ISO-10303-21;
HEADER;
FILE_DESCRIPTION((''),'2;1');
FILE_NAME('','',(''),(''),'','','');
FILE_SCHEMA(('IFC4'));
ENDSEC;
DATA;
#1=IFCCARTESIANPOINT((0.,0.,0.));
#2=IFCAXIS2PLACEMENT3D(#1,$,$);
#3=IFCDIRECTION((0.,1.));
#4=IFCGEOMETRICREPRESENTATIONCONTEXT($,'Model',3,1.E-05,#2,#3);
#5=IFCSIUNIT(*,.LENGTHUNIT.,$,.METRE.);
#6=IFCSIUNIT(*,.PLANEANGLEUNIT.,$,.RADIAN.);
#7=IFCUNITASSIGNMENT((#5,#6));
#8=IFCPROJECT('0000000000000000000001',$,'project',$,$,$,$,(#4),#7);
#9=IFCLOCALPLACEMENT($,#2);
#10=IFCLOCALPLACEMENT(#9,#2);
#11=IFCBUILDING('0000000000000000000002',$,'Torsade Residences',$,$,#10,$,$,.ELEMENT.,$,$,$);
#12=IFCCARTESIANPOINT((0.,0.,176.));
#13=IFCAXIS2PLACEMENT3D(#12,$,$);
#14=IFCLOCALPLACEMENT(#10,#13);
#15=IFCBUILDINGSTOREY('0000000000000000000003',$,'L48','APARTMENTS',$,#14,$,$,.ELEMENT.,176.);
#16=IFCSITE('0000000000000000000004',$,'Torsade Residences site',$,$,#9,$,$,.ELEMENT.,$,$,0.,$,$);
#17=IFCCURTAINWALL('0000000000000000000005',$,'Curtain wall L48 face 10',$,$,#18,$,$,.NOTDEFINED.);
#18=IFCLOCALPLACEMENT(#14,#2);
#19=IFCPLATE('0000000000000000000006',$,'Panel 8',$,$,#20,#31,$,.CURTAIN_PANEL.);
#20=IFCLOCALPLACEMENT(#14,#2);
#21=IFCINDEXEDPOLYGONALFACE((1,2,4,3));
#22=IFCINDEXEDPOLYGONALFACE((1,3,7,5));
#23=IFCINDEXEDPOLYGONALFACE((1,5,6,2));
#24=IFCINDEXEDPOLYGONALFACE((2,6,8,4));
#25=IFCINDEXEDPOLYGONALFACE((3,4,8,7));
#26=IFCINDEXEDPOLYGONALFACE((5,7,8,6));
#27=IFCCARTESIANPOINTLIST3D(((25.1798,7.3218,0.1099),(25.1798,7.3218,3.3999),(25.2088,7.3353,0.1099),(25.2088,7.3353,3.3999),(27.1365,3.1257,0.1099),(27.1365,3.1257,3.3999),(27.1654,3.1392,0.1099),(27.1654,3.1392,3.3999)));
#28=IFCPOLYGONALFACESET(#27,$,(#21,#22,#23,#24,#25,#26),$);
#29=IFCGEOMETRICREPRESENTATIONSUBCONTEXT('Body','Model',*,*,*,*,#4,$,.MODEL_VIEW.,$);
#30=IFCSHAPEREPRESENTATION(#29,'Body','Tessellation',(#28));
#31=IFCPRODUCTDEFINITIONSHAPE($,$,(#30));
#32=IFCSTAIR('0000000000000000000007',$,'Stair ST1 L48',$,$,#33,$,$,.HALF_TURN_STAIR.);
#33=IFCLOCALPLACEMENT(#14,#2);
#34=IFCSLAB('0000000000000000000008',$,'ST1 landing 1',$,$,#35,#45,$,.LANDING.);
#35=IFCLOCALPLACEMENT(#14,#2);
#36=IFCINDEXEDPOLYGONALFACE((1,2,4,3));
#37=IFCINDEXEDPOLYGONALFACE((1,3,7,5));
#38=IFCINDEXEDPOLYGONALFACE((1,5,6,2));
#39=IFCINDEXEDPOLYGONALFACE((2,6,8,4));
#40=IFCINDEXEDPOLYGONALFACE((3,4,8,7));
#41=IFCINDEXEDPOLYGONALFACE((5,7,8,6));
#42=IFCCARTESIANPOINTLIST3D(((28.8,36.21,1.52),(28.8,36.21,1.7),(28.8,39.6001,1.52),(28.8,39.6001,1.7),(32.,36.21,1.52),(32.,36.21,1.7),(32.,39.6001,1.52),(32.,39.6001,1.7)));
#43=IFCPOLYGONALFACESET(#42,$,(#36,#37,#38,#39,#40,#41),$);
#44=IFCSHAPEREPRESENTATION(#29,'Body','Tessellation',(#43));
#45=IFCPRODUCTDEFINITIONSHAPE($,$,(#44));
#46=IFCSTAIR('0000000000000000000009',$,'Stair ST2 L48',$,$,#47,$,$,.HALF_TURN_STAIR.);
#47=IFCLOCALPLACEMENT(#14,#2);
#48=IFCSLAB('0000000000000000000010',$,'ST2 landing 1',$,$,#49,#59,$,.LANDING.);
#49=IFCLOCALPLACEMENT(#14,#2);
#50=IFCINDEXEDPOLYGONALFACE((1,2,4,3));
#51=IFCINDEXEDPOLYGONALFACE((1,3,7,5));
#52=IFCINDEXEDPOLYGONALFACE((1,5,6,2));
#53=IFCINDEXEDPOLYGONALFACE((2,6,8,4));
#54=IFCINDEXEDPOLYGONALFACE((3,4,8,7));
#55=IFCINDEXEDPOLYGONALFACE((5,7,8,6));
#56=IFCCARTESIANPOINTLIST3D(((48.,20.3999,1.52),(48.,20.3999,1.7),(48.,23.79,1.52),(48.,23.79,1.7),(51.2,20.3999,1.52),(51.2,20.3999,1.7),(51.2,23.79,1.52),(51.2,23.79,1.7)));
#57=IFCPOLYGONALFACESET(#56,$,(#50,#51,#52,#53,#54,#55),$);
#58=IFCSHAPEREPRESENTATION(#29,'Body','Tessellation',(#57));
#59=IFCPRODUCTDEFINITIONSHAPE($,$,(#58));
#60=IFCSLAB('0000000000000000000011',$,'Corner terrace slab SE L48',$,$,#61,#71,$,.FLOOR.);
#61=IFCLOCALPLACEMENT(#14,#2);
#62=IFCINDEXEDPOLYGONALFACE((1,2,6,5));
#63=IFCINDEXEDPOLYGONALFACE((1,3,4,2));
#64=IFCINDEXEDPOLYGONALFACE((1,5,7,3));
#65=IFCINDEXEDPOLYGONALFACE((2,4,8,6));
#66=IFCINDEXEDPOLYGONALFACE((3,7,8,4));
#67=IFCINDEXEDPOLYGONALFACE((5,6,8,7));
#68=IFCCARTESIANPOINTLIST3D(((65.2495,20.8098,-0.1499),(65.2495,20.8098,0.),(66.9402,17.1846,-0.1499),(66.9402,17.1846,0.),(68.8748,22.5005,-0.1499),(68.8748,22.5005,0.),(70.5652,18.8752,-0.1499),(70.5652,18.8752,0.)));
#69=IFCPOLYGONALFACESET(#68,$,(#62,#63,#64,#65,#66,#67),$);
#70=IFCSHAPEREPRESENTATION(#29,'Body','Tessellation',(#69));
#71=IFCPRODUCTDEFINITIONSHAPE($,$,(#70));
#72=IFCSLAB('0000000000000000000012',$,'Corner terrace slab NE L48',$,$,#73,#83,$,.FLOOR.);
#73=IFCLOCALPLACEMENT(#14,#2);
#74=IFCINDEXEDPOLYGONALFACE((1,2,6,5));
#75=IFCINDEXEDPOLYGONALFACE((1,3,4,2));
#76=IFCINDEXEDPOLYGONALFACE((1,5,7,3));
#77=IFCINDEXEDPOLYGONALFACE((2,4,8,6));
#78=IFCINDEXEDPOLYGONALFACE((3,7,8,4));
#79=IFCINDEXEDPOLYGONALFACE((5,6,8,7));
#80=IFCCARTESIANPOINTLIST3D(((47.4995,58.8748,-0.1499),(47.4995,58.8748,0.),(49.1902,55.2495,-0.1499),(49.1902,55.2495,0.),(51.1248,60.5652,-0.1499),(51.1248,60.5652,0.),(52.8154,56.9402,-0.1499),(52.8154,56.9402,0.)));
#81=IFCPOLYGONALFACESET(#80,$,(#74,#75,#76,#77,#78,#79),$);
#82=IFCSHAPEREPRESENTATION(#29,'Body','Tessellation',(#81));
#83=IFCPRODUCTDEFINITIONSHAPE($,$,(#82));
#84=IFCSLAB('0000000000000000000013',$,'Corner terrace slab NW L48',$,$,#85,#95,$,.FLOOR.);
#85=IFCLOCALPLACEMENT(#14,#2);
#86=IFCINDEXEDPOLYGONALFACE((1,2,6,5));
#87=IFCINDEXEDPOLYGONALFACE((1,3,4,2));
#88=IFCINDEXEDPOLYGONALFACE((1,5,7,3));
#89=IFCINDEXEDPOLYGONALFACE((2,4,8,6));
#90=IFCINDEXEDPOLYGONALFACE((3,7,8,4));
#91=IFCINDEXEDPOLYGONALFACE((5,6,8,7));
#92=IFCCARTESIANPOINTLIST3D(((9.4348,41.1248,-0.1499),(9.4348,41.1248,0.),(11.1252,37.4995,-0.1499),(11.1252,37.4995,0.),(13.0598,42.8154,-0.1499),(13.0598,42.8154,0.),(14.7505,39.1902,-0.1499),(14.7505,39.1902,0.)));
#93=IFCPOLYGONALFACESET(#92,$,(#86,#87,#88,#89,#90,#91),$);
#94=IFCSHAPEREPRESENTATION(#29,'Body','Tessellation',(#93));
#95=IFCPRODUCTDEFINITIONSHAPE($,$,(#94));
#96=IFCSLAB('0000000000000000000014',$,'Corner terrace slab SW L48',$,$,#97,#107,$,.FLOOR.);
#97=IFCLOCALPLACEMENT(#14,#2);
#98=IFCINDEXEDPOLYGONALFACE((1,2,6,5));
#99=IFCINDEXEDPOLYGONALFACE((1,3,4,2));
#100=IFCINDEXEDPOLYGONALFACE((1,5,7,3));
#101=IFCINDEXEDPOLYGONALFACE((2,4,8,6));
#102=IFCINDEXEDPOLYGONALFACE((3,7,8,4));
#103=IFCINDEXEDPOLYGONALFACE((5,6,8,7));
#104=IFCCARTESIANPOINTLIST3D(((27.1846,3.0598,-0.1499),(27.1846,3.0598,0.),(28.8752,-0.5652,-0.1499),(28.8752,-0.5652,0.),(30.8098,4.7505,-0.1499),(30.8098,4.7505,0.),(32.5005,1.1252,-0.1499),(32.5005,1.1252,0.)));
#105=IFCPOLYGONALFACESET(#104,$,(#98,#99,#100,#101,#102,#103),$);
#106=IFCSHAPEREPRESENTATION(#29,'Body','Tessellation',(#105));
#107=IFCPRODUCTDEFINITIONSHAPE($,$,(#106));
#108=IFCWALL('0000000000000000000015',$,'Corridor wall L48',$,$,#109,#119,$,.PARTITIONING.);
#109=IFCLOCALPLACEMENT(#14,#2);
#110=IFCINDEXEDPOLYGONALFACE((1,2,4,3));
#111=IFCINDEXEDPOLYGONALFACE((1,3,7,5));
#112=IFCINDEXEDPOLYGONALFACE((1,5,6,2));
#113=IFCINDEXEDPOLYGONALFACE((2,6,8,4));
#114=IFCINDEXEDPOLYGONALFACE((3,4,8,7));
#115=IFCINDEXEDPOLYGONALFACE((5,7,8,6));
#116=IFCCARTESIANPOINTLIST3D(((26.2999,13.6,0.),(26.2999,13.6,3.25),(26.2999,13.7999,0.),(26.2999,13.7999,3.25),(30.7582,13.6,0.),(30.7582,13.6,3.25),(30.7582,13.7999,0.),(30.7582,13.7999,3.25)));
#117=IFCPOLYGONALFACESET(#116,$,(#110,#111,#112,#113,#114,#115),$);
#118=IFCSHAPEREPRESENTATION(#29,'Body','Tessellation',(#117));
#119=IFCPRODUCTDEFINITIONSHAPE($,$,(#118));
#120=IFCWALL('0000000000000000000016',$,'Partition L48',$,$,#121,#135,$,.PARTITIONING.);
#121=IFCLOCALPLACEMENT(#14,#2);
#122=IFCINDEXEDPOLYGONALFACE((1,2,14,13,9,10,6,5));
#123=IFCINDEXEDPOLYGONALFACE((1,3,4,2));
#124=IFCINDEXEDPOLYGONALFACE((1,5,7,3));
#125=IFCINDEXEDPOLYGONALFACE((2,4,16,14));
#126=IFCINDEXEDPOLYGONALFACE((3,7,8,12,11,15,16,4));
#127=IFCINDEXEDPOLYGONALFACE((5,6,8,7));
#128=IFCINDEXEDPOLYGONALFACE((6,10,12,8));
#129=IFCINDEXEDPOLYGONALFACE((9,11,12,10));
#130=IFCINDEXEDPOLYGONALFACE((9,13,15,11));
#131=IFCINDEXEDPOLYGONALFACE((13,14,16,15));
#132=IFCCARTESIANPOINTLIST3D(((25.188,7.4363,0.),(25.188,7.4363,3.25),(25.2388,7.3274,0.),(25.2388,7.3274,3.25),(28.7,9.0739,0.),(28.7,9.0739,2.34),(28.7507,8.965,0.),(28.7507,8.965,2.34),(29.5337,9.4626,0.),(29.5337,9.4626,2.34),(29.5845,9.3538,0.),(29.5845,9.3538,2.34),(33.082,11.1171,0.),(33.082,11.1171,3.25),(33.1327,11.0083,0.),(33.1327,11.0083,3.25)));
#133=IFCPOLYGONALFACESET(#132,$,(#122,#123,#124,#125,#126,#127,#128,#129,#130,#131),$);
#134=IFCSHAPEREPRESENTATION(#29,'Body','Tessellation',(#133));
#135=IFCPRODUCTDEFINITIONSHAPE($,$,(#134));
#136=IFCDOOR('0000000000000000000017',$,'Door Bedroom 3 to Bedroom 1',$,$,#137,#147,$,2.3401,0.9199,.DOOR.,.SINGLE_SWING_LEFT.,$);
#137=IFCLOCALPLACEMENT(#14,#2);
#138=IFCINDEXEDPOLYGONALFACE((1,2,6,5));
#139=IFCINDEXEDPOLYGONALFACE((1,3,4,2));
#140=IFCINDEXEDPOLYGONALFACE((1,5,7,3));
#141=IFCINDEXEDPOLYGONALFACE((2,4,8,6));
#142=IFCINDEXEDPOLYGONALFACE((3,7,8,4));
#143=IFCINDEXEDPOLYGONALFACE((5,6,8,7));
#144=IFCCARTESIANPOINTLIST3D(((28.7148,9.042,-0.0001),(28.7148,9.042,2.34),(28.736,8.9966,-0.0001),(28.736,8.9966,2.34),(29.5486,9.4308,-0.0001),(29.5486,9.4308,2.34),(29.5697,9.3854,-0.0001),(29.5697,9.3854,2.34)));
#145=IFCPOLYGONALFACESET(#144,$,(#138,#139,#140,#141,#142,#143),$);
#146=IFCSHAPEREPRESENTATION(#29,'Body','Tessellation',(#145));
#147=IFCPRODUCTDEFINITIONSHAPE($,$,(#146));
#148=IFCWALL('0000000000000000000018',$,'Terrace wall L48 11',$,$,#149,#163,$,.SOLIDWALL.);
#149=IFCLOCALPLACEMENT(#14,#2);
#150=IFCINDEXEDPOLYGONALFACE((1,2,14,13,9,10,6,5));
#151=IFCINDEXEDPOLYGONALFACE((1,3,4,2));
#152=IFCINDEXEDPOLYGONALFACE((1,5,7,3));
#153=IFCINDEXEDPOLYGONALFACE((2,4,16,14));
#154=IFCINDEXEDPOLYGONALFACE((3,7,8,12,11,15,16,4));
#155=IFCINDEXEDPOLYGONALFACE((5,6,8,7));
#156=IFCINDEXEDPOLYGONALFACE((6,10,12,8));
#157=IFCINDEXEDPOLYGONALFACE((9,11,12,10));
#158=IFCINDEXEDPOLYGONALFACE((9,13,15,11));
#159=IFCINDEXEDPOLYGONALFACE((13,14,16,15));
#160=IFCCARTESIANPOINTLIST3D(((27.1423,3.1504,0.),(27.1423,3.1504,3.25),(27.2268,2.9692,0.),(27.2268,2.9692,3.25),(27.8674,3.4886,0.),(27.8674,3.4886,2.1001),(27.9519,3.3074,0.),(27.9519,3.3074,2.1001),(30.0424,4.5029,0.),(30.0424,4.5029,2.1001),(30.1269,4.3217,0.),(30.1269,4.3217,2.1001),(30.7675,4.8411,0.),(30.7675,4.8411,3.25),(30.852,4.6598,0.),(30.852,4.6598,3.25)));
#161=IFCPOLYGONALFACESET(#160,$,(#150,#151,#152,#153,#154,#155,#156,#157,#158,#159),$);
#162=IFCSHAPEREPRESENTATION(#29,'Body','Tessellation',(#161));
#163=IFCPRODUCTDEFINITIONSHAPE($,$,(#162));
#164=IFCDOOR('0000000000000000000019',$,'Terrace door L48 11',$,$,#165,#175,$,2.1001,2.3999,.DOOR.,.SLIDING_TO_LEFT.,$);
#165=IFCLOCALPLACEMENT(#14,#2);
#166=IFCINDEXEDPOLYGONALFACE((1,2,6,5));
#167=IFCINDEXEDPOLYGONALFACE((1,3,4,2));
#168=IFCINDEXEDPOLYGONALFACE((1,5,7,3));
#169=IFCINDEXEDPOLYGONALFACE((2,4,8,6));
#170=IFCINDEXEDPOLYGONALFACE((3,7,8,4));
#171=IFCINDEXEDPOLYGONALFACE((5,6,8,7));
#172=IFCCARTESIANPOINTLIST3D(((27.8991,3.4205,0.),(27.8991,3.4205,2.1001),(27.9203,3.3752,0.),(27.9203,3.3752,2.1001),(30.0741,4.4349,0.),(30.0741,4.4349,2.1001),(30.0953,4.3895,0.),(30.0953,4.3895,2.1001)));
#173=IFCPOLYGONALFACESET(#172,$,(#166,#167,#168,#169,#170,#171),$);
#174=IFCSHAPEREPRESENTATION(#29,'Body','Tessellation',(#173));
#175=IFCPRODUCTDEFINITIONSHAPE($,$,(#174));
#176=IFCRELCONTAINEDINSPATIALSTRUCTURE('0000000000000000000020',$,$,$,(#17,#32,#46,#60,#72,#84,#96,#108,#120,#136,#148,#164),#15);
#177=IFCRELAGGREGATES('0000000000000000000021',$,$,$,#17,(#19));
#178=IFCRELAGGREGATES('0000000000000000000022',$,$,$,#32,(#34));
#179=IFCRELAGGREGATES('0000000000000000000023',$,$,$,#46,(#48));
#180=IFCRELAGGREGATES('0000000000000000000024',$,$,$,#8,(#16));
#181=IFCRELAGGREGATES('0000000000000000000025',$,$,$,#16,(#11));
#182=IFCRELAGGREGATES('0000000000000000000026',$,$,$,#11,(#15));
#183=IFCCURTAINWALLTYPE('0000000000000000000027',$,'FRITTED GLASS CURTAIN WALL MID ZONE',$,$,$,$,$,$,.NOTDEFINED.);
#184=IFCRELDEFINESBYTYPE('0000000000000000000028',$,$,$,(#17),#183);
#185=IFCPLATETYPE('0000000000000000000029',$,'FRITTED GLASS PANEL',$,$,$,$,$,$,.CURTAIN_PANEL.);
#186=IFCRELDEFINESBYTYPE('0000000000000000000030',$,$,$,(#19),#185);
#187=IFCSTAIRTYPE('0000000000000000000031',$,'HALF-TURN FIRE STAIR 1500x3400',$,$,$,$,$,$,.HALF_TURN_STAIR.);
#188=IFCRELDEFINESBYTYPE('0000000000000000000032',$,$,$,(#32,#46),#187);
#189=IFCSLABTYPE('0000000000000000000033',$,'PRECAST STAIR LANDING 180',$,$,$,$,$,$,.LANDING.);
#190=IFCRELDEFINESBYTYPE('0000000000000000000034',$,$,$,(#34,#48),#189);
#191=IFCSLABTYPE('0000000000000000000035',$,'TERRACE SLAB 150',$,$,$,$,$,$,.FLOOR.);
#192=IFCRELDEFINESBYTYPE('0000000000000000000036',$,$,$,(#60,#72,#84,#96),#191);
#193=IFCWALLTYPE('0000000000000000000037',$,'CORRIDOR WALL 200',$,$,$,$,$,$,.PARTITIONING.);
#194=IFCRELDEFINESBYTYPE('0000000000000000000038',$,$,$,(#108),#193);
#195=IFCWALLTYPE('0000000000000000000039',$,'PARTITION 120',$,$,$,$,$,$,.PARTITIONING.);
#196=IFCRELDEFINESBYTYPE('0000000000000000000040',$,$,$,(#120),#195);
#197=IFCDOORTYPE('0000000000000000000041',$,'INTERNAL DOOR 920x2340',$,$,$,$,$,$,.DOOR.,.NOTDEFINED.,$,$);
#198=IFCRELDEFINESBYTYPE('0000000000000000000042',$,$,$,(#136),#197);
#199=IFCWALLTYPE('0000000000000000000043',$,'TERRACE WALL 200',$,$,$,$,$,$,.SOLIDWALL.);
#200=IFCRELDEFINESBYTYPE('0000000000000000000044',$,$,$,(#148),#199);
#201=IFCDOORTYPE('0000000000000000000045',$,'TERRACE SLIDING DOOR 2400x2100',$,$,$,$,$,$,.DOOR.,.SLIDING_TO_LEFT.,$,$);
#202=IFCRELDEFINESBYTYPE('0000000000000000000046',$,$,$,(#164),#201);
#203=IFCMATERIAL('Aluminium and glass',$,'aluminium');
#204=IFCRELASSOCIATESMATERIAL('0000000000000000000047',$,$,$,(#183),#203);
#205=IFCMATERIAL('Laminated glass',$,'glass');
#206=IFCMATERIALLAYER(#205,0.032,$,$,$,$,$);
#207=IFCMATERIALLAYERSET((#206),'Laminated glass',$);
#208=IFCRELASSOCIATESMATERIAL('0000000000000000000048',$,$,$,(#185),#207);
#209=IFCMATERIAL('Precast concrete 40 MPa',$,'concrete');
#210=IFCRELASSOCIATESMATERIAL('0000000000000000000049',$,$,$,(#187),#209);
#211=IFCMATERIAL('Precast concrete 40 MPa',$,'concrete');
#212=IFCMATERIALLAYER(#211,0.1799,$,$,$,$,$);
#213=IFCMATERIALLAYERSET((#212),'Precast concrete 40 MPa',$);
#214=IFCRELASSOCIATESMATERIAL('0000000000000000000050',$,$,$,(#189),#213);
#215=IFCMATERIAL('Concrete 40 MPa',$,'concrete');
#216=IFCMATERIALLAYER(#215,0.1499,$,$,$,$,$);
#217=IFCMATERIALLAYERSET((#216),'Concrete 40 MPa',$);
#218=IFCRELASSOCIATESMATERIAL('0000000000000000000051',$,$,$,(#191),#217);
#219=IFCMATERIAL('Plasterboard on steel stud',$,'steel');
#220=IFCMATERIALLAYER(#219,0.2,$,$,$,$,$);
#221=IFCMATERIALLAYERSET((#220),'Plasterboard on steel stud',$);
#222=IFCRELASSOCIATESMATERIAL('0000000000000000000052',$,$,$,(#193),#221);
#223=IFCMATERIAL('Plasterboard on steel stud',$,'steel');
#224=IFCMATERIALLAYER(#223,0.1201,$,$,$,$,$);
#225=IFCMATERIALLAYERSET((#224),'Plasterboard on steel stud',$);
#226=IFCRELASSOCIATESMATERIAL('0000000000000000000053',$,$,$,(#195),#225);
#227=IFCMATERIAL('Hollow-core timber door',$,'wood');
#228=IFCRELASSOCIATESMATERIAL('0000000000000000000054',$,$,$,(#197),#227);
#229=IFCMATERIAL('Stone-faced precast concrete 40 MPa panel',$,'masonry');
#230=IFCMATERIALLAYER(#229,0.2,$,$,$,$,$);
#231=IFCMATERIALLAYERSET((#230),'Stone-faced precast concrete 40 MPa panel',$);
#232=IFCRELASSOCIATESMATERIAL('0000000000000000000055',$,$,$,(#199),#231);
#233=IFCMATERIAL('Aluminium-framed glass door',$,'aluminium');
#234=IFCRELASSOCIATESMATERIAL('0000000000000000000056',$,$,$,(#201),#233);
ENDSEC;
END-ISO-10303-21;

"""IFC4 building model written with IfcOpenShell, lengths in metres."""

from ifc_helpers import new_model, si_unit, direction, frame, frame_2d, origin, origin_2d, place, context, subcontext, project, spatial, polyline, rectangle, outline, extrude, material, layer, layer_set, type_object, element, fill, aggregate, save


model = new_model("IFC4")

# Units and contexts
model_context = context("Model", 3, precision=1e-05, world=origin(), true_north=direction((0.0, 1.0)))
body_context = subcontext(model_context, "Body", "Model", "MODEL_VIEW")
ifc_project = project(units=[si_unit("LENGTHUNIT", "METRE"), si_unit("PLANEANGLEUNIT", "RADIAN")], contexts=[model_context])

# Site, building, storey
site_placement = place(None, origin())
site = spatial("IfcSite", under=ifc_project, at=site_placement, Name="Torsade Residences site", CompositionType="ELEMENT", RefElevation=0.0)
building_placement = place(site_placement, origin())
building = spatial("IfcBuilding", under=site, at=building_placement, Name="Torsade Residences", CompositionType="ELEMENT")
storey_placement = place(building_placement, frame((0.0, 0.0, 176.0)))
storey = spatial("IfcBuildingStorey", under=building, at=storey_placement, Name="L48", Description="APARTMENTS", CompositionType="ELEMENT", Elevation=176.0)

# Curtain wall
ifc_material_1 = material(Name="Aluminium and glass", Category="aluminium")
curtain_wall_type = type_object("IfcCurtainWallType", Name="FRITTED GLASS CURTAIN WALL MID ZONE", PredefinedType="NOTDEFINED", material=ifc_material_1)
curtain_wall_placement = place(storey_placement, origin())
curtain_wall = element("IfcCurtainWall", 1, at=curtain_wall_placement, inside=storey, type_object=curtain_wall_type, Name="Curtain wall L48 face 10", PredefinedType="NOTDEFINED")

# Plate
ifc_material_2 = material(Name="Laminated glass", Category="glass")
ifc_layer_1 = layer(ifc_material_2, 0.032)
ifc_layer_set_1 = layer_set([ifc_layer_1], Name="Laminated glass")
plate_type = type_object("IfcPlateType", Name="FRITTED GLASS PANEL", PredefinedType="CURTAIN_PANEL", material=ifc_layer_set_1)
plate_1_placement = place(storey_placement, frame((26.1726, 5.2305, 0.1099), z_axis=(0.0, 0.0, 1.0), x_axis=(0.422618, -0.906308, 0.0)))
plate_1 = element("IfcPlate", 2, at=plate_1_placement, type_object=plate_type, Name="Panel 8", PredefinedType="CURTAIN_PANEL", context=body_context, shape_type="SweptSolid", body=[
    extrude(rectangle(XDim=4.6299, YDim=0.032, at=origin_2d()), origin(), (0.0, 0.0, 1.0), 3.29),
])
aggregate(curtain_wall, [plate_1])

# Stairs, slabs
ifc_material_3 = material(Name="Precast concrete 40 MPa", Category="concrete")
stair_type = type_object("IfcStairType", Name="HALF-TURN FIRE STAIR 1500x3400", PredefinedType="HALF_TURN_STAIR", material=ifc_material_3)
stair_1_placement = place(storey_placement, origin())
stair_1 = element("IfcStair", 3, at=stair_1_placement, inside=storey, type_object=stair_type, Name="Stair ST1 L48", PredefinedType="HALF_TURN_STAIR")
ifc_material_4 = material(Name="Precast concrete 40 MPa", Category="concrete")
ifc_layer_2 = layer(ifc_material_4, 0.1799)
ifc_layer_set_2 = layer_set([ifc_layer_2], Name="Precast concrete 40 MPa")
slab_type_1 = type_object("IfcSlabType", Name="PRECAST STAIR LANDING 180", PredefinedType="LANDING", material=ifc_layer_set_2)
slab_1_placement = place(storey_placement, frame((0.0, 0.0, 1.52)))
slab_1 = element("IfcSlab", 4, at=slab_1_placement, type_object=slab_type_1, Name="ST1 landing 1", PredefinedType="LANDING", context=body_context, shape_type="SweptSolid", body=[
    extrude(outline(polyline([(28.8, 36.21), (32.0, 36.21), (32.0, 39.6001), (28.8, 39.6001), (28.8, 36.21)])), origin(), (0.0, 0.0, 1.0), 0.1799),
])
aggregate(stair_1, [slab_1])
stair_2_placement = place(storey_placement, origin())
stair_2 = element("IfcStair", 5, at=stair_2_placement, inside=storey, type_object=stair_type, Name="Stair ST2 L48", PredefinedType="HALF_TURN_STAIR")
slab_2_placement = place(storey_placement, frame((0.0, 0.0, 1.52)))
slab_2 = element("IfcSlab", 6, at=slab_2_placement, type_object=slab_type_1, Name="ST2 landing 1", PredefinedType="LANDING", context=body_context, shape_type="SweptSolid", body=[
    extrude(outline(polyline([(48.0, 20.3999), (51.2, 20.3999), (51.2, 23.79), (48.0, 23.79), (48.0, 20.3999)])), origin(), (0.0, 0.0, 1.0), 0.1799),
])
aggregate(stair_2, [slab_2])

# Slabs
ifc_material_5 = material(Name="Concrete 40 MPa", Category="concrete")
ifc_layer_3 = layer(ifc_material_5, 0.1499)
ifc_layer_set_3 = layer_set([ifc_layer_3], Name="Concrete 40 MPa")
slab_type_2 = type_object("IfcSlabType", Name="TERRACE SLAB 150", PredefinedType="FLOOR", material=ifc_layer_set_3)
slab_3_placement = place(storey_placement, frame((0.0, 0.0, -0.1499)))
element("IfcSlab", 7, at=slab_3_placement, inside=storey, type_object=slab_type_2, Name="Corner terrace slab SE L48", PredefinedType="FLOOR", context=body_context, shape_type="SweptSolid", body=[
    extrude(outline(polyline([(66.9402, 17.1846), (70.5652, 18.8752), (68.8748, 22.5005), (65.2495, 20.8098), (66.9402, 17.1846)])), origin(), (0.0, 0.0, 1.0), 0.1499),
])
slab_4_placement = place(storey_placement, frame((0.0, 0.0, -0.1499)))
element("IfcSlab", 8, at=slab_4_placement, inside=storey, type_object=slab_type_2, Name="Corner terrace slab NE L48", PredefinedType="FLOOR", context=body_context, shape_type="SweptSolid", body=[
    extrude(outline(polyline([(49.1902, 55.2495), (52.8154, 56.9402), (51.1248, 60.5652), (47.4995, 58.8748), (49.1902, 55.2495)])), origin(), (0.0, 0.0, 1.0), 0.1499),
])
slab_5_placement = place(storey_placement, frame((0.0, 0.0, -0.1499)))
element("IfcSlab", 9, at=slab_5_placement, inside=storey, type_object=slab_type_2, Name="Corner terrace slab NW L48", PredefinedType="FLOOR", context=body_context, shape_type="SweptSolid", body=[
    extrude(outline(polyline([(11.1252, 37.4995), (14.7505, 39.1902), (13.0598, 42.8154), (9.4348, 41.1248), (11.1252, 37.4995)])), origin(), (0.0, 0.0, 1.0), 0.1499),
])
slab_6_placement = place(storey_placement, frame((0.0, 0.0, -0.1499)))
element("IfcSlab", 10, at=slab_6_placement, inside=storey, type_object=slab_type_2, Name="Corner terrace slab SW L48", PredefinedType="FLOOR", context=body_context, shape_type="SweptSolid", body=[
    extrude(outline(polyline([(28.8752, -0.5652), (32.5005, 1.1252), (30.8098, 4.7505), (27.1846, 3.0598), (28.8752, -0.5652)])), origin(), (0.0, 0.0, 1.0), 0.1499),
])

# Wall
ifc_material_6 = material(Name="Plasterboard on steel stud", Category="steel")
ifc_layer_4 = layer(ifc_material_6, 0.2)
ifc_layer_set_4 = layer_set([ifc_layer_4], Name="Plasterboard on steel stud")
wall_type_1 = type_object("IfcWallType", Name="CORRIDOR WALL 200", PredefinedType="PARTITIONING", material=ifc_layer_set_4)
wall_1_placement = place(storey_placement, frame((26.3, 13.7, 0.0), z_axis=(0.0, 0.0, 1.0), x_axis=(1.0, 0.0, 0.0)))
element("IfcWall", 11, at=wall_1_placement, inside=storey, type_object=wall_type_1, Name="Corridor wall L48", PredefinedType="PARTITIONING", context=body_context, shape_type="SweptSolid", body=[
    extrude(rectangle(XDim=4.4583, YDim=0.2, at=frame_2d((2.229, 0.0))), origin(), (0.0, 0.0, 1.0), 3.25),
])

# Walls, openings, doors
ifc_material_7 = material(Name="Plasterboard on steel stud", Category="steel")
ifc_layer_5 = layer(ifc_material_7, 0.1201)
ifc_layer_set_5 = layer_set([ifc_layer_5], Name="Plasterboard on steel stud")
wall_type_2 = type_object("IfcWallType", Name="PARTITION 120", PredefinedType="PARTITIONING", material=ifc_layer_set_5)
wall_2_placement = place(storey_placement, frame((25.2134, 7.3818, 0.0), z_axis=(0.0, 0.0, 1.0), x_axis=(0.906314, 0.422605, 0.0)))
wall_2 = element("IfcWall", 12, at=wall_2_placement, inside=storey, type_object=wall_type_2, Name="Partition L48", PredefinedType="PARTITIONING", context=body_context, shape_type="SweptSolid", body=[
    extrude(rectangle(XDim=8.71, YDim=0.1201, at=frame_2d((4.355, 0.0))), origin(), (0.0, 0.0, 1.0), 3.25),
])
opening_1_placement = place(wall_2_placement, frame((3.875, 0.0, 0.0)))
opening_1 = element("IfcOpeningElement", 13, at=opening_1_placement, cuts=wall_2, PredefinedType="OPENING", context=body_context, shape_type="SweptSolid", body=[
    extrude(rectangle(XDim=0.9199, YDim=2.3401, at=frame_2d((0.46, 1.1699))), frame((0.0, 0.0701, 0.0), z_axis=(0.0, -1.0, 0.0), x_axis=(1.0, 0.0, 0.0)), (0.0, 0.0, 1.0), 0.1401),
])
ifc_material_8 = material(Name="Hollow-core timber door", Category="wood")
door_type_1 = type_object("IfcDoorType", Name="INTERNAL DOOR 920x2340", OperationType="NOTDEFINED", PredefinedType="DOOR", material=ifc_material_8)
door_1_placement = place(opening_1_placement, origin())
door_1 = element("IfcDoor", 14, at=door_1_placement, inside=storey, type_object=door_type_1, Name="Door Bedroom 3 to Bedroom 1", OperationType="SINGLE_SWING_LEFT", OverallHeight=2.3401, OverallWidth=0.9199, PredefinedType="DOOR", context=body_context, shape_type="SweptSolid", body=[
    extrude(rectangle(XDim=0.9199, YDim=2.3401, at=frame_2d((0.46, 1.1699))), frame((0.0, 0.0249, 0.0), z_axis=(0.0, -1.0, 0.0), x_axis=(1.0, 0.0, 0.0)), (0.0, 0.0, 1.0), 0.05),
])
fill(opening_1, door_1)
ifc_material_9 = material(Name="Stone-faced precast concrete 40 MPa panel", Category="masonry")
ifc_layer_6 = layer(ifc_material_9, 0.2)
ifc_layer_set_6 = layer_set([ifc_layer_6], Name="Stone-faced precast concrete 40 MPa panel")
wall_type_3 = type_object("IfcWallType", Name="TERRACE WALL 200", PredefinedType="SOLIDWALL", material=ifc_layer_set_6)
wall_3_placement = place(storey_placement, frame((27.1846, 3.0598, 0.0), z_axis=(0.0, 0.0, 1.0), x_axis=(0.906289, 0.422658, 0.0)))
wall_3 = element("IfcWall", 15, at=wall_3_placement, inside=storey, type_object=wall_type_3, Name="Terrace wall L48 11", PredefinedType="SOLIDWALL", context=body_context, shape_type="SweptSolid", body=[
    extrude(rectangle(XDim=4.0, YDim=0.2, at=frame_2d((2.0, 0.0))), origin(), (0.0, 0.0, 1.0), 3.25),
])
opening_2_placement = place(wall_3_placement, frame((0.8, 0.0, 0.0)))
opening_2 = element("IfcOpeningElement", 16, at=opening_2_placement, cuts=wall_3, PredefinedType="OPENING", context=body_context, shape_type="SweptSolid", body=[
    extrude(rectangle(XDim=2.3999, YDim=2.1001, at=frame_2d((1.2, 1.05))), frame((0.0, 0.1099, 0.0), z_axis=(0.0, -1.0, 0.0), x_axis=(1.0, 0.0, 0.0)), (0.0, 0.0, 1.0), 0.22),
])
ifc_material_10 = material(Name="Aluminium-framed glass door", Category="aluminium")
door_type_2 = type_object("IfcDoorType", Name="TERRACE SLIDING DOOR 2400x2100", OperationType="SLIDING_TO_LEFT", PredefinedType="DOOR", material=ifc_material_10)
door_2_placement = place(opening_2_placement, origin())
door_2 = element("IfcDoor", 17, at=door_2_placement, inside=storey, type_object=door_type_2, Name="Terrace door L48 11", OperationType="SLIDING_TO_LEFT", OverallHeight=2.1001, OverallWidth=2.3999, PredefinedType="DOOR", context=body_context, shape_type="SweptSolid", body=[
    extrude(rectangle(XDim=2.3999, YDim=2.1001, at=frame_2d((1.2, 1.05))), frame((0.0, 0.0249, 0.0), z_axis=(0.0, -1.0, 0.0), x_axis=(1.0, 0.0, 0.0)), (0.0, 0.0, 1.0), 0.05),
])
fill(opening_2, door_2)

save(model, "model.ifc")
